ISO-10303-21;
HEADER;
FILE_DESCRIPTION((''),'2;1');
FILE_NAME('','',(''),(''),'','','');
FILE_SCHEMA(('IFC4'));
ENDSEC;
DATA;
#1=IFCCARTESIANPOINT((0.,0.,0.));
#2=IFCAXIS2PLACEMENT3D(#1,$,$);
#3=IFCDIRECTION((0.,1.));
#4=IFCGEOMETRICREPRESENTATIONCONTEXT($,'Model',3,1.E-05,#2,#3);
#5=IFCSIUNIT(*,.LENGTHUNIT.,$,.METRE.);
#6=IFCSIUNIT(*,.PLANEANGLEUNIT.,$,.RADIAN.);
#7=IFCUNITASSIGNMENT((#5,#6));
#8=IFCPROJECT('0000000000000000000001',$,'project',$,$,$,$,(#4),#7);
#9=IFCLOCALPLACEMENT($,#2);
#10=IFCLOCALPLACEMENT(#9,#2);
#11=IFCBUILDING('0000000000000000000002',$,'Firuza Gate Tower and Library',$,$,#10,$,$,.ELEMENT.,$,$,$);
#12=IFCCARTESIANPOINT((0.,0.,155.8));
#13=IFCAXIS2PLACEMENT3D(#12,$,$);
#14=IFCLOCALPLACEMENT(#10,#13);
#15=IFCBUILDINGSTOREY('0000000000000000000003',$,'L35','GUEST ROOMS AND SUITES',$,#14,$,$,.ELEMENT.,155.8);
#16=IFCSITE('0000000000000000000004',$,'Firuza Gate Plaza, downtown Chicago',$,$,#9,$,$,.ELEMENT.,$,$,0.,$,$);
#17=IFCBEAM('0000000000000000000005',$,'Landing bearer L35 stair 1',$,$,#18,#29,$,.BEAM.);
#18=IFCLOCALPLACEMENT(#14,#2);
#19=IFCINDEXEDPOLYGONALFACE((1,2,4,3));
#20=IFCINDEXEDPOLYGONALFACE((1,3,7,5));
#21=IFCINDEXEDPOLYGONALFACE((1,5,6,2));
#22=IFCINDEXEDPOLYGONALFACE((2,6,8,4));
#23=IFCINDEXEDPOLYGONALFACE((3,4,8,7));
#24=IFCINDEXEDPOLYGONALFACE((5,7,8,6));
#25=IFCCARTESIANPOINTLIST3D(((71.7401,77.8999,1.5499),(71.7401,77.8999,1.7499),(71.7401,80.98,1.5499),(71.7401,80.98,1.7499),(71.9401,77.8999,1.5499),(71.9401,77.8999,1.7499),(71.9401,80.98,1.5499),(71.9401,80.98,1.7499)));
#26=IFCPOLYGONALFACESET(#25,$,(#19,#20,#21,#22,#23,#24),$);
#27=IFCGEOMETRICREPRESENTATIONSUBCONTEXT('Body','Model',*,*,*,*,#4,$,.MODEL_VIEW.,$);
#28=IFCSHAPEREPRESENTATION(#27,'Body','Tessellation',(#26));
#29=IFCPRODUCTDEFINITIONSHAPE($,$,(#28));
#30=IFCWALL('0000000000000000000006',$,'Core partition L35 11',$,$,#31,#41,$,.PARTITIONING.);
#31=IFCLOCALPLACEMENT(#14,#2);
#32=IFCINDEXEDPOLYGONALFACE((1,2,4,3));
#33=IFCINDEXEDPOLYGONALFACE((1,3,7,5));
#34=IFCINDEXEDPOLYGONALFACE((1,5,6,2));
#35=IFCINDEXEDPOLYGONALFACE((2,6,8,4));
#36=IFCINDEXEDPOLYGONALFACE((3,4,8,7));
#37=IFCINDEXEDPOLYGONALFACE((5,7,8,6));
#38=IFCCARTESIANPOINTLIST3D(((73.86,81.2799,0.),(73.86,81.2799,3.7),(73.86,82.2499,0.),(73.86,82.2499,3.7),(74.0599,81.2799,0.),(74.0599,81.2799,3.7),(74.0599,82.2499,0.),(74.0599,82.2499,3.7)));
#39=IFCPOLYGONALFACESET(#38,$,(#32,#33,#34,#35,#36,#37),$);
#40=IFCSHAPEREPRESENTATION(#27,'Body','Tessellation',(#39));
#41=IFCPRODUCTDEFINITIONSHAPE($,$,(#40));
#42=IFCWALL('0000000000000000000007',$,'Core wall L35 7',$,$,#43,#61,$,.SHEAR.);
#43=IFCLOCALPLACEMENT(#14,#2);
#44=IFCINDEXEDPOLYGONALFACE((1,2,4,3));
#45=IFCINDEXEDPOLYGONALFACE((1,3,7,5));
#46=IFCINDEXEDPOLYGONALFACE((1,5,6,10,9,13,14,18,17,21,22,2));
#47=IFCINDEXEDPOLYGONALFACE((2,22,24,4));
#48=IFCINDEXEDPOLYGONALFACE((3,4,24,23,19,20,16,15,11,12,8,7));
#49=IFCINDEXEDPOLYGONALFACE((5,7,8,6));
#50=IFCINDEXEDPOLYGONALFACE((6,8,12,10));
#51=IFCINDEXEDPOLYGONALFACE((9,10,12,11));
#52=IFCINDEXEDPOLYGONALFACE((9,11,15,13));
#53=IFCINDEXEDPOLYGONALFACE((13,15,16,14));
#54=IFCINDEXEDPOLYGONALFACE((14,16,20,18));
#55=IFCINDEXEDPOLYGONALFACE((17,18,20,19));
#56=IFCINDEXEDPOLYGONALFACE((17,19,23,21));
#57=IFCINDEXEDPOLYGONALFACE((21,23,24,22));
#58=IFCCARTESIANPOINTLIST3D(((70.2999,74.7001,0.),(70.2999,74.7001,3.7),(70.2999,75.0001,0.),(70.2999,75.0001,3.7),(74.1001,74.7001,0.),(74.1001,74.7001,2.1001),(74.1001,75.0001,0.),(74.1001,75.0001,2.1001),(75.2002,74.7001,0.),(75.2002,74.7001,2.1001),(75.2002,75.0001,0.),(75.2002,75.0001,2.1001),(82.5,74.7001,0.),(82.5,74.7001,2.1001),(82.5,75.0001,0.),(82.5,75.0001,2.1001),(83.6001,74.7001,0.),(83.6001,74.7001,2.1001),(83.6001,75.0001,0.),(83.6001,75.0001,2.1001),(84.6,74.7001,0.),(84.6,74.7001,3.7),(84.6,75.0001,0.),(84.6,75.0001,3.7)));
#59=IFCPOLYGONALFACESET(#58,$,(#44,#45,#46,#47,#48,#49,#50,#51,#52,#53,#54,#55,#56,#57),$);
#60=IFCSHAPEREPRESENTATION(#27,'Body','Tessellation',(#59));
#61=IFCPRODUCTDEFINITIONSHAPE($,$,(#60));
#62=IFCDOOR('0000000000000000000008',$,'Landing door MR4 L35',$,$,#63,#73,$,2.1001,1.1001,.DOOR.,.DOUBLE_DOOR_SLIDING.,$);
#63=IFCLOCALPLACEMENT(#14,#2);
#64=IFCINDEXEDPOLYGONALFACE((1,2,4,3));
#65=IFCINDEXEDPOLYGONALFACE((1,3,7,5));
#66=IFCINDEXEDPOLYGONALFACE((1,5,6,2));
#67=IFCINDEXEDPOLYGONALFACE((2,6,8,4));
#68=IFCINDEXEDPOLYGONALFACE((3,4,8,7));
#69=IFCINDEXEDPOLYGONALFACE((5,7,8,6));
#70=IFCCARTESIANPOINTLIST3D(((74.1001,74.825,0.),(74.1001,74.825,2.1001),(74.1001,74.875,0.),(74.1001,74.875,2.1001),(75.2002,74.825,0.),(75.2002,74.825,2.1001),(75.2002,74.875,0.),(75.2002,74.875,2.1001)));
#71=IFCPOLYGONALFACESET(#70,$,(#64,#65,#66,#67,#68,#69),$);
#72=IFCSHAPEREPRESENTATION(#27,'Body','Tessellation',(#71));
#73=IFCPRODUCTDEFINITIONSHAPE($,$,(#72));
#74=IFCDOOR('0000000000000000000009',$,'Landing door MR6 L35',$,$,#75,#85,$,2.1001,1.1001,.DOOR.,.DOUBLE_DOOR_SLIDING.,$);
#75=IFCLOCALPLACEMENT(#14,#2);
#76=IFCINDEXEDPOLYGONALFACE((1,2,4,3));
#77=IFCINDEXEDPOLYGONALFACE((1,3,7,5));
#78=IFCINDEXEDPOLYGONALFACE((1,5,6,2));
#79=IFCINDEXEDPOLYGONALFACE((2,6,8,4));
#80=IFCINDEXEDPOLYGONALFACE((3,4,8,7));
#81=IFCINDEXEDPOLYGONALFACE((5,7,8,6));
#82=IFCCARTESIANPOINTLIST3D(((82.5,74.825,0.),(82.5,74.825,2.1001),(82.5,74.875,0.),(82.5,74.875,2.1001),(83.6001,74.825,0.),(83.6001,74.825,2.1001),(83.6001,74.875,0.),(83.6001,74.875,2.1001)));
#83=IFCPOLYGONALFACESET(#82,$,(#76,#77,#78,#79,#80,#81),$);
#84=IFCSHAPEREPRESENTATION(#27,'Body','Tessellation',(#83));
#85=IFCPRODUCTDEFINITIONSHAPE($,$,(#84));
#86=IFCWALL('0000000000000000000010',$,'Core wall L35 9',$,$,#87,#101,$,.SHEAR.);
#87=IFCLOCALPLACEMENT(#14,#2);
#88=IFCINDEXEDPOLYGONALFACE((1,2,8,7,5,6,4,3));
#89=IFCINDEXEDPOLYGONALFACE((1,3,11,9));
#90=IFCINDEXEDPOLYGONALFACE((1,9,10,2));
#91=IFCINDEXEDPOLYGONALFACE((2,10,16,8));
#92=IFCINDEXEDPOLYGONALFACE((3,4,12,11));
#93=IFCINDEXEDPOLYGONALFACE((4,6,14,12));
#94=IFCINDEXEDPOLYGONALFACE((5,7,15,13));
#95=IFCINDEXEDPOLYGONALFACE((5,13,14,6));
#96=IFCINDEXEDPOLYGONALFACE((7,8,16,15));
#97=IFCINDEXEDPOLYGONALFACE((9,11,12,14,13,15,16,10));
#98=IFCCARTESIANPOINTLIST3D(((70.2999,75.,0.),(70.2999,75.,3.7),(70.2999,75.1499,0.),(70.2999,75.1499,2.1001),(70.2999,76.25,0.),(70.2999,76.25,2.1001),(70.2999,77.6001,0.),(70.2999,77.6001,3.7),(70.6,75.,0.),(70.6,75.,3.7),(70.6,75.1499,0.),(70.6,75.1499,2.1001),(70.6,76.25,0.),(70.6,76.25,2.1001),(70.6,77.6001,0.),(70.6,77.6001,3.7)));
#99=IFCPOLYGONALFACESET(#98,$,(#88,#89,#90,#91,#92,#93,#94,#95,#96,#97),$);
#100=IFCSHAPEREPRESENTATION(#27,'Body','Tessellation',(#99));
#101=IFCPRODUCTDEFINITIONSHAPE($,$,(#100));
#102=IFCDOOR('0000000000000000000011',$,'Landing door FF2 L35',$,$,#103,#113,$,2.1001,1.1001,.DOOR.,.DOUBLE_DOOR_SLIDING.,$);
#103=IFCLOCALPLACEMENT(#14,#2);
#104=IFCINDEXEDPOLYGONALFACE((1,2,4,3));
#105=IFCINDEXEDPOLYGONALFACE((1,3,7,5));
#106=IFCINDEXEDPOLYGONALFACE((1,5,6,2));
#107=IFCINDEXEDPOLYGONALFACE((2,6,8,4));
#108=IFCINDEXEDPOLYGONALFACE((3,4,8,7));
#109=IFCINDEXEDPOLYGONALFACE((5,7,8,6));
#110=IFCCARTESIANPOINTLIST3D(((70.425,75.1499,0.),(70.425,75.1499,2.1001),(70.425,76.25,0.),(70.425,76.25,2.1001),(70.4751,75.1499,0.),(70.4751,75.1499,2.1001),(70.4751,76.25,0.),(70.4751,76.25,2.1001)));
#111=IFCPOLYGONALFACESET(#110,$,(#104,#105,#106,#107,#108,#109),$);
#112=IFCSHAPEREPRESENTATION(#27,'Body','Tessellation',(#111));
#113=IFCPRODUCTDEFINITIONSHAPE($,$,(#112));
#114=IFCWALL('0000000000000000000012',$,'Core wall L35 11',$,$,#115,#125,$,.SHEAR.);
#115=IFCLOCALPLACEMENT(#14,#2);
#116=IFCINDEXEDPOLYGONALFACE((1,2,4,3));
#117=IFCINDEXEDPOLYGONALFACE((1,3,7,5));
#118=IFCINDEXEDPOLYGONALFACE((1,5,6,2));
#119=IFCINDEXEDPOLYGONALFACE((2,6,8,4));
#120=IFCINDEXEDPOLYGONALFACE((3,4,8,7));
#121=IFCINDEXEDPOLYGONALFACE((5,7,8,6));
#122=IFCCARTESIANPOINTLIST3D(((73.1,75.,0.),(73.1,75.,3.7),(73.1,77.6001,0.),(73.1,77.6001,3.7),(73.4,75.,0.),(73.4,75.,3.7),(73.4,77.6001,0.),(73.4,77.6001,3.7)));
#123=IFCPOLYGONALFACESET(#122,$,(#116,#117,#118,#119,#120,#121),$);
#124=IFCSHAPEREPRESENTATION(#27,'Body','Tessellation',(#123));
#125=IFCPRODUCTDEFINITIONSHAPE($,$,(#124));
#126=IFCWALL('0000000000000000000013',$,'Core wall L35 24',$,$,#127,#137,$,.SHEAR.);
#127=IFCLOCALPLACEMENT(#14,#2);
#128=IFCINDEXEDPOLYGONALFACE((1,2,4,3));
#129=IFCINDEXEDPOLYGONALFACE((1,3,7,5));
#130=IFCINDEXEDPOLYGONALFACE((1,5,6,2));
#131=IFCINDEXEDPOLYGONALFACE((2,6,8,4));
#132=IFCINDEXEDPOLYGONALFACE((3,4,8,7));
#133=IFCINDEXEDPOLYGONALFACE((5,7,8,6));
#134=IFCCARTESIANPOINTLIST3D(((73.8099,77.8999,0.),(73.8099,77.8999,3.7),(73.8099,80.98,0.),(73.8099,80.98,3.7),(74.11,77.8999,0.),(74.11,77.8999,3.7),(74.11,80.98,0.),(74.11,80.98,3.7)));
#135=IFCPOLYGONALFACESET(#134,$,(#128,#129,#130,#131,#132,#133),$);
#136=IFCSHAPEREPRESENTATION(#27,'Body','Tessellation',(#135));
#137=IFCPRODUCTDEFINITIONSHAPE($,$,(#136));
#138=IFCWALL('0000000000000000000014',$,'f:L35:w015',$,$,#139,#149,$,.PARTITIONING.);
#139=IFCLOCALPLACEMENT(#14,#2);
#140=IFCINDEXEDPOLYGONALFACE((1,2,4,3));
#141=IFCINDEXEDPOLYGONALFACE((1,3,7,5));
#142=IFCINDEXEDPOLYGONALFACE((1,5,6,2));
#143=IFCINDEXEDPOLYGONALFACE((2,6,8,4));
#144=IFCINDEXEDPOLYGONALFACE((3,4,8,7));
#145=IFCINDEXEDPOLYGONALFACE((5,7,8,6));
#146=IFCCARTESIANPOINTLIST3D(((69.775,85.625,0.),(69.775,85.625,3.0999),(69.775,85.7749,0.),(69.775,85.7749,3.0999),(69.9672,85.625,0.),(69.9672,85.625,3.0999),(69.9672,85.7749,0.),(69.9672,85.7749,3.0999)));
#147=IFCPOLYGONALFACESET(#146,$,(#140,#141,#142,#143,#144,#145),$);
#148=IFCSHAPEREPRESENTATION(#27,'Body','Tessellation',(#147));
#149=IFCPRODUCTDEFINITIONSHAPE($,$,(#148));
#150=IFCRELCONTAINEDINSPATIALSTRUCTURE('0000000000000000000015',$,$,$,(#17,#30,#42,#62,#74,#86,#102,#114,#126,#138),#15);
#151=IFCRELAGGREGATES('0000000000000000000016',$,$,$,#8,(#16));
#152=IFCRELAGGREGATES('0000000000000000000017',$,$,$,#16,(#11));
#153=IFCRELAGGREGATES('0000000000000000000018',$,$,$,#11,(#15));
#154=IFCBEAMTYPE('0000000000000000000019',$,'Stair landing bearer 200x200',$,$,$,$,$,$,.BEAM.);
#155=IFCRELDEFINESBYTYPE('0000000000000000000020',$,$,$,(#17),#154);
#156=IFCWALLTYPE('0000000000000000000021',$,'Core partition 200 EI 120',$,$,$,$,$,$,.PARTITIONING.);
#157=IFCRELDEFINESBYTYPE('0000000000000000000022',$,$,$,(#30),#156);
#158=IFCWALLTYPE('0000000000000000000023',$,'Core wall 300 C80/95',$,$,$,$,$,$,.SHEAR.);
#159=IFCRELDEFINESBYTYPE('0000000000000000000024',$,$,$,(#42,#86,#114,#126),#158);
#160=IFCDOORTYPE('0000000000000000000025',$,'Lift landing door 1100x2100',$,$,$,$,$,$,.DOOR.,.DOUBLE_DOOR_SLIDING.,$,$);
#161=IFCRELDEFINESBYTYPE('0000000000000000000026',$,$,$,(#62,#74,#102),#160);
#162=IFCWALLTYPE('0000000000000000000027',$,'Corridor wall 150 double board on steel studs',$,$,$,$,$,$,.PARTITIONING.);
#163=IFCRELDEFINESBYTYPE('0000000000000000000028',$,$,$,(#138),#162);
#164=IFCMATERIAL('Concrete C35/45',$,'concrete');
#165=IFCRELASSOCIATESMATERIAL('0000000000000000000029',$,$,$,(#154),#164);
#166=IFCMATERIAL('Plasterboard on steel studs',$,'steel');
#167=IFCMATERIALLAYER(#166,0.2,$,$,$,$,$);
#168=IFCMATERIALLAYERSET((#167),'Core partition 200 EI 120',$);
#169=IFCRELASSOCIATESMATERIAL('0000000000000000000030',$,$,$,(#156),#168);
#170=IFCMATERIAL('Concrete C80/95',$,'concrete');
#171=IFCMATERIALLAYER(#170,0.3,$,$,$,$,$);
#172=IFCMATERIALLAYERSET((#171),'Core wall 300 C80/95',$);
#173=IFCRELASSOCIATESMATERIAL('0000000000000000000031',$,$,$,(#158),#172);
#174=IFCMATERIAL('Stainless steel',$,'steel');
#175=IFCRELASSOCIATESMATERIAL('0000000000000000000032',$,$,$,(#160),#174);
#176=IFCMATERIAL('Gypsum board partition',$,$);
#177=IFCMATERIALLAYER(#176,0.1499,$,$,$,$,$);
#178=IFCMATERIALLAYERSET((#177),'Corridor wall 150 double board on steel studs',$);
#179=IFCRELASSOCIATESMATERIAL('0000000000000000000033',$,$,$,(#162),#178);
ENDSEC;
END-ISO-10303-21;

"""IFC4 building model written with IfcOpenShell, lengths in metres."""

from ifc_helpers import new_model, si_unit, direction, frame, frame_2d, origin, origin_2d, place, context, subcontext, project, spatial, rectangle, extrude, material, layer, layer_set, material_profile, profile_set, type_object, element, fill, save


model = new_model("IFC4")

# Units and contexts
model_context = context("Model", 3, precision=1e-05, world=origin(), true_north=direction((0.0, 1.0)))
body_context = subcontext(model_context, "Body", "Model", "MODEL_VIEW")
ifc_project = project(units=[si_unit("LENGTHUNIT", "METRE"), si_unit("PLANEANGLEUNIT", "RADIAN")], contexts=[model_context])

# Site, building, storey
site_placement = place(None, origin())
site = spatial("IfcSite", under=ifc_project, at=site_placement, Name="Firuza Gate Plaza, downtown Chicago", CompositionType="ELEMENT", RefElevation=0.0)
building_placement = place(site_placement, origin())
building = spatial("IfcBuilding", under=site, at=building_placement, Name="Firuza Gate Tower and Library", CompositionType="ELEMENT")
storey_placement = place(building_placement, frame((0.0, 0.0, 155.8)))
storey = spatial("IfcBuildingStorey", under=building, at=storey_placement, Name="L35", Description="GUEST ROOMS AND SUITES", CompositionType="ELEMENT", Elevation=155.8)

# Beam
ifc_material_1 = material(Name="Concrete C35/45", Category="concrete")
ifc_material_profile = material_profile(ifc_material_1, rectangle(XDim=0.2, YDim=0.2, at=origin_2d()))
ifc_profile_set = profile_set([ifc_material_profile], Name="Concrete C35/45")
beam_type = type_object("IfcBeamType", Name="Stair landing bearer 200x200", PredefinedType="BEAM", material=ifc_profile_set)
beam_placement = place(storey_placement, frame((71.8401, 77.8999, 1.6499), z_axis=(0.0, 1.0, 0.0), x_axis=(-1.0, 0.0, 0.0)))
element("IfcBeam", 1, at=beam_placement, inside=storey, type_object=beam_type, Name="Landing bearer L35 stair 1", PredefinedType="BEAM", context=body_context, shape_type="SweptSolid", body=[
    extrude(rectangle(XDim=0.2, YDim=0.2, at=origin_2d()), origin(), (0.0, 0.0, 1.0), 3.0801),
])

# Wall
ifc_material_2 = material(Name="Plasterboard on steel studs", Category="steel")
ifc_layer_1 = layer(ifc_material_2, 0.2)
ifc_layer_set_1 = layer_set([ifc_layer_1], Name="Core partition 200 EI 120")
wall_type_1 = type_object("IfcWallType", Name="Core partition 200 EI 120", PredefinedType="PARTITIONING", material=ifc_layer_set_1)
wall_1_placement = place(storey_placement, frame((73.96, 81.28, 0.0), z_axis=(0.0, 0.0, 1.0), x_axis=(0.0, 1.0, 0.0)))
element("IfcWall", 2, at=wall_1_placement, inside=storey, type_object=wall_type_1, Name="Core partition L35 11", PredefinedType="PARTITIONING", context=body_context, shape_type="SweptSolid", body=[
    extrude(rectangle(XDim=0.97, YDim=0.2, at=frame_2d((0.4849, 0.0))), origin(), (0.0, 0.0, 1.0), 3.7),
])

# Wall, openings, doors
ifc_material_3 = material(Name="Concrete C80/95", Category="concrete")
ifc_layer_2 = layer(ifc_material_3, 0.3)
ifc_layer_set_2 = layer_set([ifc_layer_2], Name="Core wall 300 C80/95")
wall_type_2 = type_object("IfcWallType", Name="Core wall 300 C80/95", PredefinedType="SHEAR", material=ifc_layer_set_2)
wall_2_placement = place(storey_placement, frame((70.3, 74.8501, 0.0), z_axis=(0.0, 0.0, 1.0), x_axis=(1.0, 0.0, 0.0)))
wall_2 = element("IfcWall", 3, at=wall_2_placement, inside=storey, type_object=wall_type_2, Name="Core wall L35 7", PredefinedType="SHEAR", context=body_context, shape_type="SweptSolid", body=[
    extrude(rectangle(XDim=14.3, YDim=0.3, at=frame_2d((7.1499, 0.0))), origin(), (0.0, 0.0, 1.0), 3.7),
])
opening_1_placement = place(wall_2_placement, frame((3.8, 0.0, 0.0)))
opening_1 = element("IfcOpeningElement", 4, at=opening_1_placement, cuts=wall_2, PredefinedType="OPENING", context=body_context, shape_type="SweptSolid", body=[
    extrude(rectangle(XDim=1.1001, YDim=2.1001, at=frame_2d((0.55, 1.05))), frame((0.0, 0.1602, 0.0), z_axis=(0.0, -1.0, 0.0), x_axis=(1.0, 0.0, 0.0)), (0.0, 0.0, 1.0), 0.3201),
])
opening_2_placement = place(wall_2_placement, frame((12.2, 0.0, 0.0)))
opening_2 = element("IfcOpeningElement", 5, at=opening_2_placement, cuts=wall_2, PredefinedType="OPENING", context=body_context, shape_type="SweptSolid", body=[
    extrude(rectangle(XDim=1.1001, YDim=2.1001, at=frame_2d((0.55, 1.05))), frame((0.0, 0.1602, 0.0), z_axis=(0.0, -1.0, 0.0), x_axis=(1.0, 0.0, 0.0)), (0.0, 0.0, 1.0), 0.3201),
])
ifc_material_4 = material(Name="Stainless steel", Category="steel")
door_type_1 = type_object("IfcDoorType", Name="Lift landing door 1100x2100", OperationType="DOUBLE_DOOR_SLIDING", PredefinedType="DOOR", material=ifc_material_4)
door_1_placement = place(opening_1_placement, origin())
door_1 = element("IfcDoor", 6, at=door_1_placement, inside=storey, type_object=door_type_1, Name="Landing door MR4 L35", OperationType="DOUBLE_DOOR_SLIDING", OverallHeight=2.1001, OverallWidth=1.1001, PredefinedType="DOOR", context=body_context, shape_type="SweptSolid", body=[
    extrude(rectangle(XDim=1.1001, YDim=2.1001, at=frame_2d((0.55, 1.05))), frame((0.0, 0.0249, 0.0), z_axis=(0.0, -1.0, 0.0), x_axis=(1.0, 0.0, 0.0)), (0.0, 0.0, 1.0), 0.05),
])
fill(opening_1, door_1)
door_2_placement = place(opening_2_placement, origin())
door_2 = element("IfcDoor", 7, at=door_2_placement, inside=storey, type_object=door_type_1, Name="Landing door MR6 L35", OperationType="DOUBLE_DOOR_SLIDING", OverallHeight=2.1001, OverallWidth=1.1001, PredefinedType="DOOR", context=body_context, shape_type="SweptSolid", body=[
    extrude(rectangle(XDim=1.1001, YDim=2.1001, at=frame_2d((0.55, 1.05))), frame((0.0, 0.0249, 0.0), z_axis=(0.0, -1.0, 0.0), x_axis=(1.0, 0.0, 0.0)), (0.0, 0.0, 1.0), 0.05),
])
fill(opening_2, door_2)

# Wall, opening, door
wall_3_placement = place(storey_placement, frame((70.45, 75.0, 0.0), z_axis=(0.0, 0.0, 1.0), x_axis=(0.0, 1.0, 0.0)))
wall_3 = element("IfcWall", 8, at=wall_3_placement, inside=storey, type_object=wall_type_2, Name="Core wall L35 9", PredefinedType="SHEAR", context=body_context, shape_type="SweptSolid", body=[
    extrude(rectangle(XDim=2.6001, YDim=0.3, at=frame_2d((1.3, 0.0))), origin(), (0.0, 0.0, 1.0), 3.7),
])
opening_3_placement = place(wall_3_placement, frame((0.1499, 0.0, 0.0)))
opening_3 = element("IfcOpeningElement", 9, at=opening_3_placement, cuts=wall_3, PredefinedType="OPENING", context=body_context, shape_type="SweptSolid", body=[
    extrude(rectangle(XDim=1.1001, YDim=2.1001, at=frame_2d((0.55, 1.05))), frame((0.0, 0.1602, 0.0), z_axis=(0.0, -1.0, 0.0), x_axis=(1.0, 0.0, 0.0)), (0.0, 0.0, 1.0), 0.3201),
])
door_3_placement = place(opening_3_placement, origin())
door_3 = element("IfcDoor", 10, at=door_3_placement, inside=storey, type_object=door_type_1, Name="Landing door FF2 L35", OperationType="DOUBLE_DOOR_SLIDING", OverallHeight=2.1001, OverallWidth=1.1001, PredefinedType="DOOR", context=body_context, shape_type="SweptSolid", body=[
    extrude(rectangle(XDim=1.1001, YDim=2.1001, at=frame_2d((0.55, 1.05))), frame((0.0, 0.0249, 0.0), z_axis=(0.0, -1.0, 0.0), x_axis=(1.0, 0.0, 0.0)), (0.0, 0.0, 1.0), 0.05),
])
fill(opening_3, door_3)

# Walls
wall_4_placement = place(storey_placement, frame((73.25, 75.0, 0.0), z_axis=(0.0, 0.0, 1.0), x_axis=(0.0, 1.0, 0.0)))
element("IfcWall", 11, at=wall_4_placement, inside=storey, type_object=wall_type_2, Name="Core wall L35 11", PredefinedType="SHEAR", context=body_context, shape_type="SweptSolid", body=[
    extrude(rectangle(XDim=2.6001, YDim=0.3, at=frame_2d((1.3, 0.0))), origin(), (0.0, 0.0, 1.0), 3.7),
])
wall_5_placement = place(storey_placement, frame((73.96, 77.8999, 0.0), z_axis=(0.0, 0.0, 1.0), x_axis=(0.0, 1.0, 0.0)))
element("IfcWall", 12, at=wall_5_placement, inside=storey, type_object=wall_type_2, Name="Core wall L35 24", PredefinedType="SHEAR", context=body_context, shape_type="SweptSolid", body=[
    extrude(rectangle(XDim=3.0801, YDim=0.3, at=frame_2d((1.54, 0.0))), origin(), (0.0, 0.0, 1.0), 3.7),
])
ifc_material_5 = material(Name="Gypsum board partition")
ifc_layer_3 = layer(ifc_material_5, 0.1499)
ifc_layer_set_3 = layer_set([ifc_layer_3], Name="Corridor wall 150 double board on steel studs")
wall_type_3 = type_object("IfcWallType", Name="Corridor wall 150 double board on steel studs", PredefinedType="PARTITIONING", material=ifc_layer_set_3)
wall_6_placement = place(storey_placement, frame((69.7749, 85.7, 0.0), z_axis=(0.0, 0.0, 1.0), x_axis=(1.0, 0.0, 0.0)))
element("IfcWall", 13, at=wall_6_placement, inside=storey, type_object=wall_type_3, Name="f:L35:w015", PredefinedType="PARTITIONING", context=body_context, shape_type="SweptSolid", body=[
    extrude(rectangle(XDim=0.1921, YDim=0.1499, at=frame_2d((0.0962, 0.0))), origin(), (0.0, 0.0, 1.0), 3.0999),
])

save(model, "model.ifc")
